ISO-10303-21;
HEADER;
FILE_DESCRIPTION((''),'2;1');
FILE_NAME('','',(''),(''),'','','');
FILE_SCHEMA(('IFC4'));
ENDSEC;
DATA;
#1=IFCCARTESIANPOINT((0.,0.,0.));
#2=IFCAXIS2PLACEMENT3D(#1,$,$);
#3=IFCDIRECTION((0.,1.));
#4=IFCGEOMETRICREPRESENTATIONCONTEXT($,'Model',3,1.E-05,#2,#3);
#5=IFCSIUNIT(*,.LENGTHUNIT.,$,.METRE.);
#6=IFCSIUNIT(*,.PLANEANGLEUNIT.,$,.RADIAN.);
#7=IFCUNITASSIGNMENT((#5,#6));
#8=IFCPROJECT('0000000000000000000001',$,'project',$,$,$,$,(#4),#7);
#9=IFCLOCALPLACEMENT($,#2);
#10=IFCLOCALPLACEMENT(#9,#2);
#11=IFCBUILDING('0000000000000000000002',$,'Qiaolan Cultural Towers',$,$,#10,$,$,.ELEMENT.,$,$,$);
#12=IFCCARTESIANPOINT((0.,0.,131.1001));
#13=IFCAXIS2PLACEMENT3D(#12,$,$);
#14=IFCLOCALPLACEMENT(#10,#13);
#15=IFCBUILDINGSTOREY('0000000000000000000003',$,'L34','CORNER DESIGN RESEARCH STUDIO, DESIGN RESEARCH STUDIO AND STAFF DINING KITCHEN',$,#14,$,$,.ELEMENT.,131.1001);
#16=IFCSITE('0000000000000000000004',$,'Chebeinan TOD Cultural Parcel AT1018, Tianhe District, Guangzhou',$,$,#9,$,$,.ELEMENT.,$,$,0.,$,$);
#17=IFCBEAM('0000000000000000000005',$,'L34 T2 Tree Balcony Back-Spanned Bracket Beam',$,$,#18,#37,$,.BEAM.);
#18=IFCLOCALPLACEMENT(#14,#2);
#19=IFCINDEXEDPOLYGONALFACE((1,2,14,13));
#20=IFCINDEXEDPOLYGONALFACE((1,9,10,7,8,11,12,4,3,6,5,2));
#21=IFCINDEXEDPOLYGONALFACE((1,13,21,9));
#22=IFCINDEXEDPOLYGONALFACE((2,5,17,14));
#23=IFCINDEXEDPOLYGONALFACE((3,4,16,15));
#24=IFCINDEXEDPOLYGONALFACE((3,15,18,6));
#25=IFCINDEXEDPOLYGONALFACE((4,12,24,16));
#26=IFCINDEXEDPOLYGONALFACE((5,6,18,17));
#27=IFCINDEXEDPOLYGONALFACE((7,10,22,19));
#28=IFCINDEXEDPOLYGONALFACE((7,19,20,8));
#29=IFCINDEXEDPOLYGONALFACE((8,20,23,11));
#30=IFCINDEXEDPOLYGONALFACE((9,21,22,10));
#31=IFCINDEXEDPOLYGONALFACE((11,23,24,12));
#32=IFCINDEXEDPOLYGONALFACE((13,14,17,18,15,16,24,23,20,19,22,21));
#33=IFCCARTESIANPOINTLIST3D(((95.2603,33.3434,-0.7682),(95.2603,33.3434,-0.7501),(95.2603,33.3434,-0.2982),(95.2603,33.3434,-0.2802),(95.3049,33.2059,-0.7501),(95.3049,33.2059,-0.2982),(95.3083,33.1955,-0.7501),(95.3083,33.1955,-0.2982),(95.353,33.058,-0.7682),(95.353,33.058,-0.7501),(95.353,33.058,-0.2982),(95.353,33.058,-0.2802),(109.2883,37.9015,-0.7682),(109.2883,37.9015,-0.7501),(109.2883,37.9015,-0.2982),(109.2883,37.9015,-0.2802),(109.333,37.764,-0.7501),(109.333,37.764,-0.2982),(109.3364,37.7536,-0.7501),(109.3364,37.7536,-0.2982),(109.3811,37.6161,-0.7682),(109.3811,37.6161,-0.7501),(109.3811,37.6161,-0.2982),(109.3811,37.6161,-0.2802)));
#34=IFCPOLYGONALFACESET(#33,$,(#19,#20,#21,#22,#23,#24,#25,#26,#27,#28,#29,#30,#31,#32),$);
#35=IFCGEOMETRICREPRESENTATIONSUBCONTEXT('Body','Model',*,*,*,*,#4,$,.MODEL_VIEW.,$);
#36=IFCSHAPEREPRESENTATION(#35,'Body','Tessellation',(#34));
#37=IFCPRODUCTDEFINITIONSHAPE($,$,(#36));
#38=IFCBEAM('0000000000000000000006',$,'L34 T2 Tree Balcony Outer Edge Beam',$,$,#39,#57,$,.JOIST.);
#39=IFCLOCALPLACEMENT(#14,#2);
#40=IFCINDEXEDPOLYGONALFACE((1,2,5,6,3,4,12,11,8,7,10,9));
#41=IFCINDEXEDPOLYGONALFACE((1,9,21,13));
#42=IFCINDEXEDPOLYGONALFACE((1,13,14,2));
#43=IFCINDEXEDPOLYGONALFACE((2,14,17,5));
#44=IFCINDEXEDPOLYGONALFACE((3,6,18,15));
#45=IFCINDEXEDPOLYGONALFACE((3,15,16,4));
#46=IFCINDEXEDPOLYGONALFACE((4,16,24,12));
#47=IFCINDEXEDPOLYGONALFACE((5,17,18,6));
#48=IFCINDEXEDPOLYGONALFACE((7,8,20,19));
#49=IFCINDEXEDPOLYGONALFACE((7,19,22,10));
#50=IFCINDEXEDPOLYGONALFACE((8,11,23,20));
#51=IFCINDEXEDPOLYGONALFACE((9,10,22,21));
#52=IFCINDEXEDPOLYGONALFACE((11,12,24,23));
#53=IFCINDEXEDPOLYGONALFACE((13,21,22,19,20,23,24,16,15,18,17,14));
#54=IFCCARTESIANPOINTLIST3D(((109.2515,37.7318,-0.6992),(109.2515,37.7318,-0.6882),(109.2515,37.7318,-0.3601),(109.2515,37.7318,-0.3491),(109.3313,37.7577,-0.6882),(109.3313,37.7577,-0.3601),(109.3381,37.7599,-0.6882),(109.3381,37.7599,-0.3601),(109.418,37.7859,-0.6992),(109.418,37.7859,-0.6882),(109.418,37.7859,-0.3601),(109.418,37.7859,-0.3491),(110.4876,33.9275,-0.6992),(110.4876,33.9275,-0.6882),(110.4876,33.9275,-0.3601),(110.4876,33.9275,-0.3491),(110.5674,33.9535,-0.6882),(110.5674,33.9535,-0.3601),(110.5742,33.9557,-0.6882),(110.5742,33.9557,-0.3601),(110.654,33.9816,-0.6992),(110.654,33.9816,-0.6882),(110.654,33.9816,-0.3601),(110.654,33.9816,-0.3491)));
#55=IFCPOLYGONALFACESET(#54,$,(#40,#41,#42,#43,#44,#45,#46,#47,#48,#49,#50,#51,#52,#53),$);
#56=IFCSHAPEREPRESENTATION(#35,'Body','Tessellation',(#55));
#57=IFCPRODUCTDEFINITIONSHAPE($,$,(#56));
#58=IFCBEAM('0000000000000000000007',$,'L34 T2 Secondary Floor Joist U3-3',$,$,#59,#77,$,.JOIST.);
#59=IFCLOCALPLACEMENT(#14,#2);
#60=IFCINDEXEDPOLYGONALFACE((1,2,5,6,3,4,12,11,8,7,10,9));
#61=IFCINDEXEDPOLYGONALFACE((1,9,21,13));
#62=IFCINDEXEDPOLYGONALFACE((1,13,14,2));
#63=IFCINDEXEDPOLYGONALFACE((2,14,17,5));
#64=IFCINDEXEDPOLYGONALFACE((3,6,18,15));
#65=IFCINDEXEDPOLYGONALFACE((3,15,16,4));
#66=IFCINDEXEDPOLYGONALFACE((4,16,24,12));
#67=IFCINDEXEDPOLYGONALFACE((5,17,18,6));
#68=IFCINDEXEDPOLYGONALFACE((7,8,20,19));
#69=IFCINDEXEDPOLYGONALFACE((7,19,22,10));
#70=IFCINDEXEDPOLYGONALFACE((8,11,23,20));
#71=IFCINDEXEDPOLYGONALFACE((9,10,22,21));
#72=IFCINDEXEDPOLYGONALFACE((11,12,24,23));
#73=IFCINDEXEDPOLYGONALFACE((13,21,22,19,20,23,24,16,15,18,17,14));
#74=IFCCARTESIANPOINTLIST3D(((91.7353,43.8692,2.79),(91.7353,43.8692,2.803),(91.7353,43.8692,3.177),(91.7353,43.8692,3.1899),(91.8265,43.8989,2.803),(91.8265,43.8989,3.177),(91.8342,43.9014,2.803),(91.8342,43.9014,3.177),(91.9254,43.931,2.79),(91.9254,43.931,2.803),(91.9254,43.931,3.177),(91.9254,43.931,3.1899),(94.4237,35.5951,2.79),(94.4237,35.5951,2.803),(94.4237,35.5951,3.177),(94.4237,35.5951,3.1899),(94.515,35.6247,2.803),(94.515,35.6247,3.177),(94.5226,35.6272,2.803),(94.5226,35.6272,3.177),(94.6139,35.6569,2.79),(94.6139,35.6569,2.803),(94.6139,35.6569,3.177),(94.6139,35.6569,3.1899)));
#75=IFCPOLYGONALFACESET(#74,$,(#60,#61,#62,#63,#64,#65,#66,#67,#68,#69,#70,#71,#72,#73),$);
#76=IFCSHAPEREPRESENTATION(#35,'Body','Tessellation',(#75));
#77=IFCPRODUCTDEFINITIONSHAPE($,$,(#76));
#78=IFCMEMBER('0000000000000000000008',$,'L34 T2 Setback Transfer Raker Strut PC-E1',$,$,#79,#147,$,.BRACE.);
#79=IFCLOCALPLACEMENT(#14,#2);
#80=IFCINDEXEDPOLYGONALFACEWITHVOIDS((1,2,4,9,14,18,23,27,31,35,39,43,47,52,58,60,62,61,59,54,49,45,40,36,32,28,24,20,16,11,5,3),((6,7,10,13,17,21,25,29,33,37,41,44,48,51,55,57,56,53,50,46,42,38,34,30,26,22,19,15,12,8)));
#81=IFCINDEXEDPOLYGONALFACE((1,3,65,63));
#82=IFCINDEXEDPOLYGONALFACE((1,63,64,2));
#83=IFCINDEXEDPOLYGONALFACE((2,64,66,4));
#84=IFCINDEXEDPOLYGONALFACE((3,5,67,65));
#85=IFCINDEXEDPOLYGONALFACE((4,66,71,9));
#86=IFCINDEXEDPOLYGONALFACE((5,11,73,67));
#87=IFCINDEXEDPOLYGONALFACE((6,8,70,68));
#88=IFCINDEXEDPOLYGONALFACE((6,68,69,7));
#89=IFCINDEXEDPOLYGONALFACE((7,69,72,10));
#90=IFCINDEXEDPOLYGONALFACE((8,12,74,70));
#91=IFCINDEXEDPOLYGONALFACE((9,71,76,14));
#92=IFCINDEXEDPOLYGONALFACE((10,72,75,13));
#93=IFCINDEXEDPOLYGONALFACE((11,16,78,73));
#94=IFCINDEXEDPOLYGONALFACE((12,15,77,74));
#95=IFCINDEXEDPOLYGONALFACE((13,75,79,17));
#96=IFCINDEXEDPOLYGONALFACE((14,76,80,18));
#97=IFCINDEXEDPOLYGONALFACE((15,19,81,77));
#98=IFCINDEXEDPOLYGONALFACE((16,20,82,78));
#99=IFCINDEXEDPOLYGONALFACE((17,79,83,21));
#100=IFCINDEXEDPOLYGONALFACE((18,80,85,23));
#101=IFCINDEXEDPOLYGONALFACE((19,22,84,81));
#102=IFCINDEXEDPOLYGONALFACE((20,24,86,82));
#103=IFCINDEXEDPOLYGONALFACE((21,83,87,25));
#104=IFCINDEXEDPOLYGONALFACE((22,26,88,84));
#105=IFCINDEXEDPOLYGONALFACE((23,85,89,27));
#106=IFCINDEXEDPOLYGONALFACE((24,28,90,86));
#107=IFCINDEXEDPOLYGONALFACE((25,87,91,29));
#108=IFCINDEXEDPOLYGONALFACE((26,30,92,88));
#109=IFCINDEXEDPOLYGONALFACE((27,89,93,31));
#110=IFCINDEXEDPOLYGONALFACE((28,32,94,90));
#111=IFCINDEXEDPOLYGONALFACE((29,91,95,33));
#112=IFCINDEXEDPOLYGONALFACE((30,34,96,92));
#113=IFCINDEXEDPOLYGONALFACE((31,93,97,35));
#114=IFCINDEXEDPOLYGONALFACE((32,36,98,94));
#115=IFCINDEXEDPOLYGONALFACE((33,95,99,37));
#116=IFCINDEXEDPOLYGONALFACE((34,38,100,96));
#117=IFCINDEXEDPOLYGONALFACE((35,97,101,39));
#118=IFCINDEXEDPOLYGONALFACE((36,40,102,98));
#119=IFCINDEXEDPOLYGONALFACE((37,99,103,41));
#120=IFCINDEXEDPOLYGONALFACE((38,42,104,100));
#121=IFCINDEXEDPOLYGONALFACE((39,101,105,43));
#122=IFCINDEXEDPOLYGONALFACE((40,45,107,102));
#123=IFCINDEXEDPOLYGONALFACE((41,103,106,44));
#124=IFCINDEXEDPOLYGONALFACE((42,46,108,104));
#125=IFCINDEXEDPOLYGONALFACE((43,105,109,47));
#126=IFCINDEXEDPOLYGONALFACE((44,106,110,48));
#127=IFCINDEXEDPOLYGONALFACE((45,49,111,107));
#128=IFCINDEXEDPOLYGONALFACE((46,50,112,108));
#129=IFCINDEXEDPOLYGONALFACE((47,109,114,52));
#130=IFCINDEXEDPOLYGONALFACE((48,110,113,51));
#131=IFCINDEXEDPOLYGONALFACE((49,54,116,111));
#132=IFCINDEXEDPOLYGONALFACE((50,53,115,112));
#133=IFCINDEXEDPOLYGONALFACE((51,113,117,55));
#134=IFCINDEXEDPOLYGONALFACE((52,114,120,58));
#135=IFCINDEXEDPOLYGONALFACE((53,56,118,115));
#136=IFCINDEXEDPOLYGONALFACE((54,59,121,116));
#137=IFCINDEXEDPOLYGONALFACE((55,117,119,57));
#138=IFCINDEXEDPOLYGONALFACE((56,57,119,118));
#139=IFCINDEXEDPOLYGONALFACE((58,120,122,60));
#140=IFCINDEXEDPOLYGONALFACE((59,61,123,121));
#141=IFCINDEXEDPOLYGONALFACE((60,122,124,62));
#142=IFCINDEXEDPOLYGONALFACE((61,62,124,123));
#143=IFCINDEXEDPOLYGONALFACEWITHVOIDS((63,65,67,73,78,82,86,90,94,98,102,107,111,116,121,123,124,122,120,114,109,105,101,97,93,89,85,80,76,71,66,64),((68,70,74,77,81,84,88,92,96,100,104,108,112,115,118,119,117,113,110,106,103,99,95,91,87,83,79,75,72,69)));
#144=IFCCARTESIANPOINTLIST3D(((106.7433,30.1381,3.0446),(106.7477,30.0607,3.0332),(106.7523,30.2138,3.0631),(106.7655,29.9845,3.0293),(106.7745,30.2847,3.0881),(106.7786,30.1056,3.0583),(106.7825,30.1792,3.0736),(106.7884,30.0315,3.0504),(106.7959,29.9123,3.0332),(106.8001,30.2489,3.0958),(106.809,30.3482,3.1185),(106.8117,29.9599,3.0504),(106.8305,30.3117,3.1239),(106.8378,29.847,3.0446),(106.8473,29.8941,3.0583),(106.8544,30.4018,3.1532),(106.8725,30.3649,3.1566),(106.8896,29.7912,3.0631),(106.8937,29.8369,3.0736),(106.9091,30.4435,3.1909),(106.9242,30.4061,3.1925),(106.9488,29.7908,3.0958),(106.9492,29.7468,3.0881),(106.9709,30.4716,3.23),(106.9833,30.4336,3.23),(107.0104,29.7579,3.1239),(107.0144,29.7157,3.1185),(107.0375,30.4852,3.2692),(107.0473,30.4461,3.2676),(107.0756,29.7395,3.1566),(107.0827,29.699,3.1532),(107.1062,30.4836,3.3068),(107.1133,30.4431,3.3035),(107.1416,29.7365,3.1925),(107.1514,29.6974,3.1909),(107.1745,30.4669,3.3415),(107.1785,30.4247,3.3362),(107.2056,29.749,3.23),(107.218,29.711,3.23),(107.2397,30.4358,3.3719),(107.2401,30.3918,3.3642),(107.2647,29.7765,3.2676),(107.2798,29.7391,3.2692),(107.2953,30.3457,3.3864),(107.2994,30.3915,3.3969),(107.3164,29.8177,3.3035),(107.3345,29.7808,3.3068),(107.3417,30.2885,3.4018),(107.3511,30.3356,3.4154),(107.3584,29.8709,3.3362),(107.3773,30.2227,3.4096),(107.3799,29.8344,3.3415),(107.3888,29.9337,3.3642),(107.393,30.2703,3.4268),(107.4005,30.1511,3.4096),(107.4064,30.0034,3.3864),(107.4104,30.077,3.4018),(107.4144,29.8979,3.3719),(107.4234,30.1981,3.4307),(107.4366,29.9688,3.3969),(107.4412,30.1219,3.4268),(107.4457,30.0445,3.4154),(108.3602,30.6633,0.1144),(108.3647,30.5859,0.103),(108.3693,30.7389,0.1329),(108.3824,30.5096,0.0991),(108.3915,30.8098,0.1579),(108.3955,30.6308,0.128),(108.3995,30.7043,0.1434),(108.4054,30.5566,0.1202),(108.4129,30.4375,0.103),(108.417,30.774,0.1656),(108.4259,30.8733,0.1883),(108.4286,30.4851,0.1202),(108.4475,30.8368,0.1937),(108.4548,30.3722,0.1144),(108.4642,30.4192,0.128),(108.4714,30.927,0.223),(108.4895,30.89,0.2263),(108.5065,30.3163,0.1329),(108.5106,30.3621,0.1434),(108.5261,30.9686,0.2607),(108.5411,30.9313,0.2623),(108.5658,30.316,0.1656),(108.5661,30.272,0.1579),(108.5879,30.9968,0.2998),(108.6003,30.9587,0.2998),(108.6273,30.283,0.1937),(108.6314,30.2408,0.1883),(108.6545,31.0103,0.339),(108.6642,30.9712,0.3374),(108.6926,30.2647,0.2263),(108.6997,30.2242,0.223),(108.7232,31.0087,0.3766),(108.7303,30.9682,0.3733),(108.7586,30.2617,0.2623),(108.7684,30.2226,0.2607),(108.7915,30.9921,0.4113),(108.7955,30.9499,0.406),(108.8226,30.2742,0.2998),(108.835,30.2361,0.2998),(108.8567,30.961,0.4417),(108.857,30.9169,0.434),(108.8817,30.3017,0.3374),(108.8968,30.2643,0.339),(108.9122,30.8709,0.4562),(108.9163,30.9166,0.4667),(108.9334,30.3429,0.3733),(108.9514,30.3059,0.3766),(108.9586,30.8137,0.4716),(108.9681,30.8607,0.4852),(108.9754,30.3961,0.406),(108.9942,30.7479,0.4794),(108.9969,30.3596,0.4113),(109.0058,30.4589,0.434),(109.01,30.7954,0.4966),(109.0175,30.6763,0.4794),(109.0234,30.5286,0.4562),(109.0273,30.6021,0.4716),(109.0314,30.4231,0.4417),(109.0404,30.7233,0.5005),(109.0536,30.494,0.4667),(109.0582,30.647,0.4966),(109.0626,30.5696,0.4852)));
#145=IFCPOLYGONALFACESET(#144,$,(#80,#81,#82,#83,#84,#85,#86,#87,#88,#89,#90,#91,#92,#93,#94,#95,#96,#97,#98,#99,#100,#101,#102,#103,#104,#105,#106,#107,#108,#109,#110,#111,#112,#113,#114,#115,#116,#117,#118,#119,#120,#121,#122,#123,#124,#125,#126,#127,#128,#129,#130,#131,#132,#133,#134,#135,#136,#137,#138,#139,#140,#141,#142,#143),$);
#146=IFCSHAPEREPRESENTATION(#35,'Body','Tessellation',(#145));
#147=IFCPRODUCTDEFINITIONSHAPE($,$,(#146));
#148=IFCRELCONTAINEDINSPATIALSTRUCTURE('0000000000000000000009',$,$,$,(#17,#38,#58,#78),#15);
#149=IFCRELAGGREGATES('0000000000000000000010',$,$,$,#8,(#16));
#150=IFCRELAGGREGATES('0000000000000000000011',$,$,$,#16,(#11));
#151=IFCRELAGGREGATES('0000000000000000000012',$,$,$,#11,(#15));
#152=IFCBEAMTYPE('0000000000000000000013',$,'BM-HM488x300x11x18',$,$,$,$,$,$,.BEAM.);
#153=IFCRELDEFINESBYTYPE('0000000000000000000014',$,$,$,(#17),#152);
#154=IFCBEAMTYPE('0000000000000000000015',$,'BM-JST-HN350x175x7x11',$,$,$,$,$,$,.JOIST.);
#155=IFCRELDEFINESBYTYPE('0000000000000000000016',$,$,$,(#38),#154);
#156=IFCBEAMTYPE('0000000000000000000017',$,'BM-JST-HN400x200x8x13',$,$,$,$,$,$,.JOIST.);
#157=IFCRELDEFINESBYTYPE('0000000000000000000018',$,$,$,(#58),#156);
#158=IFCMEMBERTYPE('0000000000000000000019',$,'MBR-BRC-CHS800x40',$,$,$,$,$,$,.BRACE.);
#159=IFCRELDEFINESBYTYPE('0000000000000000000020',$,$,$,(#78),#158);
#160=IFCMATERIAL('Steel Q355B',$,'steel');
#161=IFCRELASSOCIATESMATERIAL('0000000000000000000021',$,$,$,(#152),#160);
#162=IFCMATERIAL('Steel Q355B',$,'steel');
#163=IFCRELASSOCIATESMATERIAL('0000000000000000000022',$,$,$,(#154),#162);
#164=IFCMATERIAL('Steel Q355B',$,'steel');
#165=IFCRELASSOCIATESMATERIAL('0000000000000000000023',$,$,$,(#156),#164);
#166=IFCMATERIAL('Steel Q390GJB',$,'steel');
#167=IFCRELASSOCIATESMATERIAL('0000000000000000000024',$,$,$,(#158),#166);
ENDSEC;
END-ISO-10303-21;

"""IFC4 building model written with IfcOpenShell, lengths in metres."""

from ifc_helpers import new_model, si_unit, direction, frame, origin, origin_2d, place, context, subcontext, project, spatial, hollow_circle, i_section, extrude, material, material_profile, profile_set, type_object, element, save


model = new_model("IFC4")

# Units and contexts
model_context = context("Model", 3, precision=1e-05, world=origin(), true_north=direction((0.0, 1.0)))
body_context = subcontext(model_context, "Body", "Model", "MODEL_VIEW")
ifc_project = project(units=[si_unit("LENGTHUNIT", "METRE"), si_unit("PLANEANGLEUNIT", "RADIAN")], contexts=[model_context])

# Site, building, storey
site_placement = place(None, origin())
site = spatial("IfcSite", under=ifc_project, at=site_placement, Name="Chebeinan TOD Cultural Parcel AT1018, Tianhe District, Guangzhou", CompositionType="ELEMENT", RefElevation=0.0)
building_placement = place(site_placement, origin())
building = spatial("IfcBuilding", under=site, at=building_placement, Name="Qiaolan Cultural Towers", CompositionType="ELEMENT")
storey_placement = place(building_placement, frame((0.0, 0.0, 131.1001)))
storey = spatial("IfcBuildingStorey", under=building, at=storey_placement, Name="L34", Description="CORNER DESIGN RESEARCH STUDIO, DESIGN RESEARCH STUDIO AND STAFF DINING KITCHEN", CompositionType="ELEMENT", Elevation=131.1001)

# Beams
ifc_material_1 = material(Name="Steel Q355B", Category="steel")
ifc_material_profile_1 = material_profile(ifc_material_1, i_section(OverallWidth=0.3, OverallDepth=0.488, WebThickness=0.011, FlangeThickness=0.0181, at=origin_2d()), Name="HM488x300x11x18")
ifc_profile_set_1 = profile_set([ifc_material_profile_1], Name="Steel Q355B")
beam_type_1 = type_object("IfcBeamType", Name="BM-HM488x300x11x18", PredefinedType="BEAM", material=ifc_profile_set_1)
for number, where, z_axis, x_axis, name in (
    (1, (95.3066, 33.2007, -0.5242), (0.951054, 0.309024, 0.0), (-0.309024, 0.951054, 0.0), "L34 T2 Tree Balcony Back-Spanned Bracket Beam"),
):
    element("IfcBeam", number, at=place(storey_placement, frame(where, z_axis=z_axis, x_axis=x_axis)), inside=storey, type_object=beam_type_1, Name=name, PredefinedType="BEAM", context=body_context, shape_type="SweptSolid", body=[
        extrude(i_section(OverallWidth=0.3, OverallDepth=0.488, WebThickness=0.011, FlangeThickness=0.0181, at=origin_2d()), origin(), (0.0, 0.0, 1.0), 14.75),
    ])
ifc_material_2 = material(Name="Steel Q355B", Category="steel")
ifc_material_profile_2 = material_profile(ifc_material_2, i_section(OverallWidth=0.175, OverallDepth=0.3501, WebThickness=0.0071, FlangeThickness=0.011, at=origin_2d()), Name="HN350x175x7x11")
ifc_profile_set_2 = profile_set([ifc_material_profile_2], Name="Steel Q355B")
beam_type_2 = type_object("IfcBeamType", Name="BM-JST-HN350x175x7x11", PredefinedType="JOIST", material=ifc_profile_set_2)
beam_1_placement = place(storey_placement, frame((110.5708, 33.9546, -0.5242), z_axis=(-0.309023, 0.951055, 0.0), x_axis=(-0.951055, -0.309023, 0.0)))
element("IfcBeam", 2, at=beam_1_placement, inside=storey, type_object=beam_type_2, Name="L34 T2 Tree Balcony Outer Edge Beam", PredefinedType="JOIST", context=body_context, shape_type="SweptSolid", body=[
    extrude(i_section(OverallWidth=0.175, OverallDepth=0.3501, WebThickness=0.0071, FlangeThickness=0.011, at=origin_2d()), origin(), (0.0, 0.0, 1.0), 4.0),
])
ifc_material_3 = material(Name="Steel Q355B", Category="steel")
ifc_material_profile_3 = material_profile(ifc_material_3, i_section(OverallWidth=0.2, OverallDepth=0.3999, WebThickness=0.0081, FlangeThickness=0.0129, at=origin_2d()), Name="HN400x200x8x13")
ifc_profile_set_3 = profile_set([ifc_material_profile_3], Name="Steel Q355B")
beam_type_3 = type_object("IfcBeamType", Name="BM-JST-HN400x200x8x13", PredefinedType="JOIST", material=ifc_profile_set_3)
beam_2_placement = place(storey_placement, frame((94.5188, 35.626, 2.99), z_axis=(-0.309021, 0.951055, 0.0), x_axis=(-0.951055, -0.309021, 0.0)))
element("IfcBeam", 3, at=beam_2_placement, inside=storey, type_object=beam_type_3, Name="L34 T2 Secondary Floor Joist U3-3", PredefinedType="JOIST", context=body_context, shape_type="SweptSolid", body=[
    extrude(i_section(OverallWidth=0.2, OverallDepth=0.3999, WebThickness=0.0081, FlangeThickness=0.0129, at=origin_2d()), origin(), (0.0, 0.0, 1.0), 8.7),
])

# Member
ifc_material_4 = material(Name="Steel Q390GJB", Category="steel")
ifc_material_profile_4 = material_profile(ifc_material_4, hollow_circle(Radius=0.3999, WallThickness=0.04, at=origin_2d()), Name="CHS800x40")
ifc_profile_set_4 = profile_set([ifc_material_profile_4], Name="Steel Q390GJB")
member_type = type_object("IfcMemberType", Name="MBR-BRC-CHS800x40", PredefinedType="BRACE", material=ifc_profile_set_4)
for number, where, z_axis, x_axis, name in (
    (4, (108.7114, 30.6165, 0.2998), (-0.477304, -0.155018, 0.864957), (0.308894, -0.951096, 0.0), "L34 T2 Setback Transfer Raker Strut PC-E1"),
):
    element("IfcMember", number, at=place(storey_placement, frame(where, z_axis=z_axis, x_axis=x_axis)), inside=storey, type_object=member_type, Name=name, PredefinedType="BRACE", context=body_context, shape_type="SweptSolid", body=[
        extrude(hollow_circle(Radius=0.3999, WallThickness=0.04, at=origin_2d()), origin(), (0.0, 0.0, 1.0), 3.3877),
    ])

save(model, "model.ifc")
